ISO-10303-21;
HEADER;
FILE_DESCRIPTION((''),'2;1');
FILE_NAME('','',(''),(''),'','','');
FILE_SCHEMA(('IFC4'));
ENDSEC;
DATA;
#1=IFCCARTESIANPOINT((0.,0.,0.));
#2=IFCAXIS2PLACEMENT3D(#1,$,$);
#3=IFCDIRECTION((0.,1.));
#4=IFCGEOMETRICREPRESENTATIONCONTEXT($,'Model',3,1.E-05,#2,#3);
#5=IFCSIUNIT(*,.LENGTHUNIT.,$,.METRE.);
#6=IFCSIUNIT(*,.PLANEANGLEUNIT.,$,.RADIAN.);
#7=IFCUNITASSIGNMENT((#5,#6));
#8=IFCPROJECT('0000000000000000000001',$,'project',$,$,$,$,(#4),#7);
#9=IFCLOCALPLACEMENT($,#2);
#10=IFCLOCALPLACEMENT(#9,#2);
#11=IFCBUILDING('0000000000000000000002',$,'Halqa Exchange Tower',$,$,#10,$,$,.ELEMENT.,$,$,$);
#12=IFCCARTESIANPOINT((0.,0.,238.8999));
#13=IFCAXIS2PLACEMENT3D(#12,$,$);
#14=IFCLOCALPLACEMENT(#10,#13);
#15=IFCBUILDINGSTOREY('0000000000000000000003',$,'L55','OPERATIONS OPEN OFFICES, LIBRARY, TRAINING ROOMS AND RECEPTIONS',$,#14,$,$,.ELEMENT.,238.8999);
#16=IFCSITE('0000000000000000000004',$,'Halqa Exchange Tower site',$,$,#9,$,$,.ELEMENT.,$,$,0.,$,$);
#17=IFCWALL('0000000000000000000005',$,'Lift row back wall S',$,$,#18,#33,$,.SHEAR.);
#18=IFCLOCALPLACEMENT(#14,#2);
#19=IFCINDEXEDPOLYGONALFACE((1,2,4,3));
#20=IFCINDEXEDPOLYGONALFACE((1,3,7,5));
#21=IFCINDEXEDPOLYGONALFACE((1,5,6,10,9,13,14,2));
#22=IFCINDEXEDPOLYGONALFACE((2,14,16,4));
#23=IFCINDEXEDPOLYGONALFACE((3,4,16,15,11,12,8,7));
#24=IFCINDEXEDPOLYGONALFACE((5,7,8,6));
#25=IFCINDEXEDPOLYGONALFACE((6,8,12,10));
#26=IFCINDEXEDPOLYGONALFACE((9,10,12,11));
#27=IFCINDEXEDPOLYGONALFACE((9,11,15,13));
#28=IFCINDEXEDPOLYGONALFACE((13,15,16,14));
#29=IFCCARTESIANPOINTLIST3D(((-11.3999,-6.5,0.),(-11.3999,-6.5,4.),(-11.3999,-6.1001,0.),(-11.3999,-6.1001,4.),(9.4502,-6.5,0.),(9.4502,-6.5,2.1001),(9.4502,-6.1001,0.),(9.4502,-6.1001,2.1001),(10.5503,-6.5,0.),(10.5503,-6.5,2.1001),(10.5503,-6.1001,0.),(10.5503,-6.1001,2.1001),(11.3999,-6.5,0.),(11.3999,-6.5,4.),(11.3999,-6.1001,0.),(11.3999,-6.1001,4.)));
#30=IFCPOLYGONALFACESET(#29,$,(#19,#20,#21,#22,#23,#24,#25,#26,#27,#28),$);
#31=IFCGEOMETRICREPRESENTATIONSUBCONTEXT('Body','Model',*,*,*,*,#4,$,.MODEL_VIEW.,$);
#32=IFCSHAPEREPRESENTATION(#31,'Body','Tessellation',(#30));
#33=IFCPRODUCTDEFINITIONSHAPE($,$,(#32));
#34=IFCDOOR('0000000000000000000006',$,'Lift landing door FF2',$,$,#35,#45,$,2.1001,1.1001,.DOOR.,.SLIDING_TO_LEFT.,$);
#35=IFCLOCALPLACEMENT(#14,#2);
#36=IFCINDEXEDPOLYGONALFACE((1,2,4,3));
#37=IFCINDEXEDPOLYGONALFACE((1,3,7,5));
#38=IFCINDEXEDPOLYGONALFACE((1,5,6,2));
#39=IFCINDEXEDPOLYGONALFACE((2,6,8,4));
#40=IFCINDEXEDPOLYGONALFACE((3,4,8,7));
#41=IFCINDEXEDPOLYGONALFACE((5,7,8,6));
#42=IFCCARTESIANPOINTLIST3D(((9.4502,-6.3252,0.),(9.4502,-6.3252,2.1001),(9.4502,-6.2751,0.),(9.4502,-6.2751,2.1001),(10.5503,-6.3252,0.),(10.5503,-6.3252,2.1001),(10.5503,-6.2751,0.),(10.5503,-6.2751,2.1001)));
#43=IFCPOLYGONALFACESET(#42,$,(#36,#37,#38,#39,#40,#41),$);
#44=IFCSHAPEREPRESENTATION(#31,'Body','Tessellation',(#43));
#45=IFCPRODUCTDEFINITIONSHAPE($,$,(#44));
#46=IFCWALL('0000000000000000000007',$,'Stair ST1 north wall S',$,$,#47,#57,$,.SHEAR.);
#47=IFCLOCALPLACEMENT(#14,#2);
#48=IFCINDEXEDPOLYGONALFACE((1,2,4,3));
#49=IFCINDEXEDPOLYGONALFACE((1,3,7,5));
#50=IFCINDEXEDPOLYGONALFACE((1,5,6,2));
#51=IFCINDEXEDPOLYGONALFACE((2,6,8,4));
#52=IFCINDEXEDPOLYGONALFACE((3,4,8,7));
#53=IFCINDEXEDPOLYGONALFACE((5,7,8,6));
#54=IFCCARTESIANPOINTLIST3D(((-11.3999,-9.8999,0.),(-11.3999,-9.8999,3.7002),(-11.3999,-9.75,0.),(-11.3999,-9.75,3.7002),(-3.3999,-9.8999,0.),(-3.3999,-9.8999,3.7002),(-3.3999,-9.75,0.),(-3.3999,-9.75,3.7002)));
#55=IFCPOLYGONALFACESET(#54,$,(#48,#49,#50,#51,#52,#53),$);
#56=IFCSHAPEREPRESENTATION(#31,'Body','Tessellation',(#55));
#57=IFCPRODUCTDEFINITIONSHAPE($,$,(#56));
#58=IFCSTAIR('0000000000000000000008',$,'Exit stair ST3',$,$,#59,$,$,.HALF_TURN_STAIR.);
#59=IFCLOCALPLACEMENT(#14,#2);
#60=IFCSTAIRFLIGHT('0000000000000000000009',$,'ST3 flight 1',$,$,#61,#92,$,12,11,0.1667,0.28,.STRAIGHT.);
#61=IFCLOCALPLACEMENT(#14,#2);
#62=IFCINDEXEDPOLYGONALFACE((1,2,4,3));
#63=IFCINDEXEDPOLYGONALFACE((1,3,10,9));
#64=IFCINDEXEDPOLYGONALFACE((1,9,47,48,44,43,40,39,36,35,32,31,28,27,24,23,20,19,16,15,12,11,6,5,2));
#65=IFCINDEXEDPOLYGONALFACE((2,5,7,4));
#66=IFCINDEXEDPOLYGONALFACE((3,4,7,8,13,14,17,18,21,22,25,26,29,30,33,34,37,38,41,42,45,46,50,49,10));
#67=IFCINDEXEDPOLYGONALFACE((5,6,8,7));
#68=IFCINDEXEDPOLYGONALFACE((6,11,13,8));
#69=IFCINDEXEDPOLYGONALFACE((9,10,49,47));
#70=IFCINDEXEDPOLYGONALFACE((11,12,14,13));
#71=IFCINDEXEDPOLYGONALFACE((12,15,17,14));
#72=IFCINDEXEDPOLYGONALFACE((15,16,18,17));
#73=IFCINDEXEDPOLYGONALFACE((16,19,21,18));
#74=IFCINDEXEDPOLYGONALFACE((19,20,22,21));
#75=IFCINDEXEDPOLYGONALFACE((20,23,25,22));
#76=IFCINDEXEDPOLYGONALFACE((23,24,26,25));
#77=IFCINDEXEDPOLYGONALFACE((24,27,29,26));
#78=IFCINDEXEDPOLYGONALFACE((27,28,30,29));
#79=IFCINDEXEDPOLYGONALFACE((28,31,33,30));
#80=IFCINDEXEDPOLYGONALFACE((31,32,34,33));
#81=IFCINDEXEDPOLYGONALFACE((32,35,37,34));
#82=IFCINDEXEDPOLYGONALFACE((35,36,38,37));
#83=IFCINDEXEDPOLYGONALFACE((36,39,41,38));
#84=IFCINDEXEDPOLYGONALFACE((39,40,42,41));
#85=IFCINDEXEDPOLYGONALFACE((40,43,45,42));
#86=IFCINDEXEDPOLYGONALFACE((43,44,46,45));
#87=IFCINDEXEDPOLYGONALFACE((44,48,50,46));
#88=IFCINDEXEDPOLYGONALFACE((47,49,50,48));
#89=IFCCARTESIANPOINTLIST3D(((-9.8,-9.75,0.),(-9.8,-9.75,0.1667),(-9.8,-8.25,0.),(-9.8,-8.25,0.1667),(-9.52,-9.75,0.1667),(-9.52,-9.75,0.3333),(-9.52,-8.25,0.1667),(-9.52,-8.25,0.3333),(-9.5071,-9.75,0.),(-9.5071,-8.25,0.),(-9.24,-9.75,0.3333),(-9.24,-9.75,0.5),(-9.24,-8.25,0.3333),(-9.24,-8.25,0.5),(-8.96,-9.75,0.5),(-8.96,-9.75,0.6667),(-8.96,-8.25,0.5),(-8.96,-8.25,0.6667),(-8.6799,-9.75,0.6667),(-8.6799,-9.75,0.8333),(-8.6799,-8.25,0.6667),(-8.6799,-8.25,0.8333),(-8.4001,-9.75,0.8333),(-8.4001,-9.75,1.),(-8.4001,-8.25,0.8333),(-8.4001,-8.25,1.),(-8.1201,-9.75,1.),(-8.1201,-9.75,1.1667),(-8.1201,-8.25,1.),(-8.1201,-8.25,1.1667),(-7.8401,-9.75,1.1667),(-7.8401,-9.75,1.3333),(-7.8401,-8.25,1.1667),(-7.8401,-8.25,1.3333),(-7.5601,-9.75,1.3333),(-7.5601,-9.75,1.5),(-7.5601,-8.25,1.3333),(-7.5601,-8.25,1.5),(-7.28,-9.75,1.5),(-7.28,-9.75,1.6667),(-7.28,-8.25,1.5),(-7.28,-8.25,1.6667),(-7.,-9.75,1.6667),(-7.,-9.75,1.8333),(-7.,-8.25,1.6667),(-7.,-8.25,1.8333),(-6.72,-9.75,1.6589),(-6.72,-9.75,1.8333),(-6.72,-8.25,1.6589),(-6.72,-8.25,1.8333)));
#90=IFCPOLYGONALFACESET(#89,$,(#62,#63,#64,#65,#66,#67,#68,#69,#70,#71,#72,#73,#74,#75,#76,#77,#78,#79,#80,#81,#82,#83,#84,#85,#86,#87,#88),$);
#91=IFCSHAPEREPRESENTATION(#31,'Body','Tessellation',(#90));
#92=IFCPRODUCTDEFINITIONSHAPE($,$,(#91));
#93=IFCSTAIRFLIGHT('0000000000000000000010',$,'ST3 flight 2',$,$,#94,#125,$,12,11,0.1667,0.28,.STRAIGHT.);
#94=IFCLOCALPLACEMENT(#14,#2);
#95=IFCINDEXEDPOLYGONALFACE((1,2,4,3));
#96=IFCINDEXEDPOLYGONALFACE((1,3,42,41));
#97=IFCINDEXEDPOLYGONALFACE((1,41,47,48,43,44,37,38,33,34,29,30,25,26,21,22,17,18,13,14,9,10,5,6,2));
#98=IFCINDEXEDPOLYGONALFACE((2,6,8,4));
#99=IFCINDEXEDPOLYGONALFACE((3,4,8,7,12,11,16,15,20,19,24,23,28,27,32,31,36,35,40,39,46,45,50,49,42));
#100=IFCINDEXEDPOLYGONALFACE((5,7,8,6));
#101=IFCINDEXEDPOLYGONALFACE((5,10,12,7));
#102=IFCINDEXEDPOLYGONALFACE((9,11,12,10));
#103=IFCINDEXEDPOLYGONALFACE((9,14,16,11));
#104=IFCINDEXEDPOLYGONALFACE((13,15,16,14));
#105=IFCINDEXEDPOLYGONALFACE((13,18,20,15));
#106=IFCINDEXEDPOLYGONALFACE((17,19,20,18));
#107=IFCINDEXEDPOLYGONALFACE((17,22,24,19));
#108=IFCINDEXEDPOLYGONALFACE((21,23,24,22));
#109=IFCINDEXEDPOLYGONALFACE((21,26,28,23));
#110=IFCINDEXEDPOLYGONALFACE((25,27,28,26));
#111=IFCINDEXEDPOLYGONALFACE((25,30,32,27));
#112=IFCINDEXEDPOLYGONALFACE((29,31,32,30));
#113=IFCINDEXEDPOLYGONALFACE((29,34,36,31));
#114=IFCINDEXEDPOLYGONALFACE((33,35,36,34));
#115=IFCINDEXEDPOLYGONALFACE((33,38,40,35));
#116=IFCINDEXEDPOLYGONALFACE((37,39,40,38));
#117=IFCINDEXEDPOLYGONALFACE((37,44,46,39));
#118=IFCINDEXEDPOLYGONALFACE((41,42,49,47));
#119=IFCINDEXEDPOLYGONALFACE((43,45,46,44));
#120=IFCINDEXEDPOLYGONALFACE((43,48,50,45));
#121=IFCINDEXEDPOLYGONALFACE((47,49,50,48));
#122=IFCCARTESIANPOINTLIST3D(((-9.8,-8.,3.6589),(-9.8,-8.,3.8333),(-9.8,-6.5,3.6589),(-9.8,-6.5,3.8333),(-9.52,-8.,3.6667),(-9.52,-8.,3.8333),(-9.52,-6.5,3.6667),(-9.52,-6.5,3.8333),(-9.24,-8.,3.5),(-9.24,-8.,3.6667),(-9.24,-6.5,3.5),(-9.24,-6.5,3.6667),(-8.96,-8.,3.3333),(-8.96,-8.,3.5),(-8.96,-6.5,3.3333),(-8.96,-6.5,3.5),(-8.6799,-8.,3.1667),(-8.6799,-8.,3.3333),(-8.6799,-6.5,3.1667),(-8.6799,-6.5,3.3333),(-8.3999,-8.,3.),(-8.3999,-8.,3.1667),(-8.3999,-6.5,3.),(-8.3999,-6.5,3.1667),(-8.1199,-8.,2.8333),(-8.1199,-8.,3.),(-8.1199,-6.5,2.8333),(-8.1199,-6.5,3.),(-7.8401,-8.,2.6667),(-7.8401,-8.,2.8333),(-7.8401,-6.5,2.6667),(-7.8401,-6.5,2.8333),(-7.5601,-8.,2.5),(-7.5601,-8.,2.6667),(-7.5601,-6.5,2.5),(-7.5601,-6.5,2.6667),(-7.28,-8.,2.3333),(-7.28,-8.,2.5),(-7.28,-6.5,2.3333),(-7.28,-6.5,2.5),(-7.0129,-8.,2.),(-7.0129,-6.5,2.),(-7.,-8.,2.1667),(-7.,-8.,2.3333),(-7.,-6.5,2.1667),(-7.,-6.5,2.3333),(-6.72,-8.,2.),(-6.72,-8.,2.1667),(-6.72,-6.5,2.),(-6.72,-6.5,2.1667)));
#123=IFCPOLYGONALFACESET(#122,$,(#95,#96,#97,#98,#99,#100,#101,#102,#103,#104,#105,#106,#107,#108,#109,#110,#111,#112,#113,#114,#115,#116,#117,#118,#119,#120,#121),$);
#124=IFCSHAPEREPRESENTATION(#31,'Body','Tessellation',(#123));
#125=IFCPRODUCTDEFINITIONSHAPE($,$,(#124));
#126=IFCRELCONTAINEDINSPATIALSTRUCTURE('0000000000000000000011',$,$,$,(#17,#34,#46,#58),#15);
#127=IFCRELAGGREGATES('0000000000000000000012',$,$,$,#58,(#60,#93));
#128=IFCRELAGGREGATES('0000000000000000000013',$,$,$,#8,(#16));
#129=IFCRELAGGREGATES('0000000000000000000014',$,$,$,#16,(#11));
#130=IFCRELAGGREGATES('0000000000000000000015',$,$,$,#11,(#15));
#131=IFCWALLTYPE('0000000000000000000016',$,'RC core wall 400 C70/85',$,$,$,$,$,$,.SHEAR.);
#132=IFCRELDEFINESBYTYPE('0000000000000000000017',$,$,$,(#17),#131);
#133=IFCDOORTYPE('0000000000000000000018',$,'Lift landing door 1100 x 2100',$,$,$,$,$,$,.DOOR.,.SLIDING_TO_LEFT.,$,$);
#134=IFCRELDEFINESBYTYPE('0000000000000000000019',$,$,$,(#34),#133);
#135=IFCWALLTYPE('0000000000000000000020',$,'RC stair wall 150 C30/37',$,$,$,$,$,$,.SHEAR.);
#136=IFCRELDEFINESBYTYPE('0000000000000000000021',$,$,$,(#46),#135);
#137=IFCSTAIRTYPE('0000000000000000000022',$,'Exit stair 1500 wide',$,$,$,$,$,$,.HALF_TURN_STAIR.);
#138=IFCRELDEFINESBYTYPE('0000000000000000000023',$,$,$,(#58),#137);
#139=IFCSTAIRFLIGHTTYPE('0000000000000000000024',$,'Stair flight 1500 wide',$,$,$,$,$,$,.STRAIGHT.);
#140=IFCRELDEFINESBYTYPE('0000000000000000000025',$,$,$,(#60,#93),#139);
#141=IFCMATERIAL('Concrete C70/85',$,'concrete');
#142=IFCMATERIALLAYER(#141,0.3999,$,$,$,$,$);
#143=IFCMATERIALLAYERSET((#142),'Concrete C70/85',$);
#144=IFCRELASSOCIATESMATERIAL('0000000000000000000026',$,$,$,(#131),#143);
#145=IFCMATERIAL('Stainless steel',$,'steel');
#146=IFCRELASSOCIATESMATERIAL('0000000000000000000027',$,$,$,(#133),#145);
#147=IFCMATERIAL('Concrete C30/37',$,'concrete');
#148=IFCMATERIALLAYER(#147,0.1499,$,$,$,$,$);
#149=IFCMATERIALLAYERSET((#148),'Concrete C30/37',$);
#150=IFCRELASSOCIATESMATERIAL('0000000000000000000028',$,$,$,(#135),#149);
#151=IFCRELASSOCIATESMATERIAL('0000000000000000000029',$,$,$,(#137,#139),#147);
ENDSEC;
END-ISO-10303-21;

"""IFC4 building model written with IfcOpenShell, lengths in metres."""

from ifc_helpers import new_model, si_unit, direction, frame, frame_2d, origin, place, context, subcontext, project, spatial, polyline, rectangle, outline, extrude, material, layer, layer_set, type_object, element, fill, aggregate, save


model = new_model("IFC4")

# Units and contexts
model_context = context("Model", 3, precision=1e-05, world=origin(), true_north=direction((0.0, 1.0)))
body_context = subcontext(model_context, "Body", "Model", "MODEL_VIEW")
ifc_project = project(units=[si_unit("LENGTHUNIT", "METRE"), si_unit("PLANEANGLEUNIT", "RADIAN")], contexts=[model_context])

# Site, building, storey
site_placement = place(None, origin())
site = spatial("IfcSite", under=ifc_project, at=site_placement, Name="Halqa Exchange Tower site", CompositionType="ELEMENT", RefElevation=0.0)
building_placement = place(site_placement, origin())
building = spatial("IfcBuilding", under=site, at=building_placement, Name="Halqa Exchange Tower", CompositionType="ELEMENT")
storey_placement = place(building_placement, frame((0.0, 0.0, 238.8999)))
storey = spatial("IfcBuildingStorey", under=building, at=storey_placement, Name="L55", Description="OPERATIONS OPEN OFFICES, LIBRARY, TRAINING ROOMS AND RECEPTIONS", CompositionType="ELEMENT", Elevation=238.8999)

# Shared definitions
ifc_material_1 = material(Name="Concrete C70/85", Category="concrete")
ifc_layer_1 = layer(ifc_material_1, 0.3999)
ifc_layer_set_1 = layer_set([ifc_layer_1], Name="Concrete C70/85")
wall_type_1 = type_object("IfcWallType", Name="RC core wall 400 C70/85", PredefinedType="SHEAR", material=ifc_layer_set_1)
ifc_material_2 = material(Name="Stainless steel", Category="steel")
door_type_1 = type_object("IfcDoorType", Name="Lift landing door 1100 x 2100", OperationType="SLIDING_TO_LEFT", PredefinedType="DOOR", material=ifc_material_2)

# Wall, opening, door
wall_1_placement = place(storey_placement, frame((-11.3999, -6.3, 0.0), z_axis=(0.0, 0.0, 1.0), x_axis=(1.0, 0.0, 0.0)))
wall_1 = element("IfcWall", 1, at=wall_1_placement, inside=storey, type_object=wall_type_1, Name="Lift row back wall S", PredefinedType="SHEAR", context=body_context, shape_type="SweptSolid", body=[
    extrude(rectangle(XDim=22.7998, YDim=0.3999, at=frame_2d((11.3999, 0.0))), origin(), (0.0, 0.0, 1.0), 4.0),
])
opening_1_placement = place(wall_1_placement, frame((20.8501, 0.0, 0.0)))
opening_1 = element("IfcOpeningElement", 2, at=opening_1_placement, cuts=wall_1, PredefinedType="OPENING", context=body_context, shape_type="SweptSolid", body=[
    extrude(rectangle(XDim=1.1001, YDim=2.1001, at=frame_2d((0.55, 1.05))), frame((0.0, 0.2119, 0.0), z_axis=(0.0, -1.0, 0.0), x_axis=(1.0, 0.0, 0.0)), (0.0, 0.0, 1.0), 0.4238),
])
door_1_placement = place(opening_1_placement, origin())
door_1 = element("IfcDoor", 3, at=door_1_placement, inside=storey, type_object=door_type_1, Name="Lift landing door FF2", OperationType="SLIDING_TO_LEFT", OverallHeight=2.1001, OverallWidth=1.1001, PredefinedType="DOOR", context=body_context, shape_type="SweptSolid", body=[
    extrude(rectangle(XDim=1.1001, YDim=2.1001, at=frame_2d((0.55, 1.05))), frame((0.0, 0.0249, 0.0), z_axis=(0.0, -1.0, 0.0), x_axis=(1.0, 0.0, 0.0)), (0.0, 0.0, 1.0), 0.05),
])
fill(opening_1, door_1)

# Wall
ifc_material_3 = material(Name="Concrete C30/37", Category="concrete")
ifc_layer_2 = layer(ifc_material_3, 0.1499)
ifc_layer_set_2 = layer_set([ifc_layer_2], Name="Concrete C30/37")
wall_type_2 = type_object("IfcWallType", Name="RC stair wall 150 C30/37", PredefinedType="SHEAR", material=ifc_layer_set_2)
wall_2_placement = place(storey_placement, frame((-11.3999, -9.825, 0.0), z_axis=(0.0, 0.0, 1.0), x_axis=(1.0, 0.0, 0.0)))
element("IfcWall", 4, at=wall_2_placement, inside=storey, type_object=wall_type_2, Name="Stair ST1 north wall S", PredefinedType="SHEAR", context=body_context, shape_type="SweptSolid", body=[
    extrude(rectangle(XDim=8.0, YDim=0.1499, at=frame_2d((4.0, 0.0))), origin(), (0.0, 0.0, 1.0), 3.7002),
])

# Stair, stair flights
stair_type = type_object("IfcStairType", Name="Exit stair 1500 wide", PredefinedType="HALF_TURN_STAIR", material=ifc_material_3)
stair_placement = place(storey_placement, origin())
stair = element("IfcStair", 5, at=stair_placement, inside=storey, type_object=stair_type, Name="Exit stair ST3", PredefinedType="HALF_TURN_STAIR")
stair_flight_type = type_object("IfcStairFlightType", Name="Stair flight 1500 wide", PredefinedType="STRAIGHT", material=ifc_material_3)
stair_flight_1_placement = place(storey_placement, frame((-9.8, -9.0, 0.0), z_axis=(0.0, 0.0, 1.0), x_axis=(1.0, 0.0, 0.0)))
stair_flight_1 = element("IfcStairFlight", 6, at=stair_flight_1_placement, type_object=stair_flight_type, Name="ST3 flight 1", NumberOfRisers=12, NumberOfTreads=11, PredefinedType="STRAIGHT", RiserHeight=0.1667, TreadLength=0.28, context=body_context, shape_type="SweptSolid", body=[
    extrude(outline(polyline([(0.0, 0.0), (0.0, 0.1667), (0.28, 0.1667), (0.28, 0.3333), (0.5601, 0.3333), (0.5601, 0.5), (0.8401, 0.5), (0.8401, 0.6667), (1.1201, 0.6667), (1.1201, 0.8333), (1.3999, 0.8333), (1.3999, 1.0), (1.6799, 1.0), (1.6799, 1.1667), (1.96, 1.1667), (1.96, 1.3333), (2.24, 1.3333), (2.24, 1.5), (2.52, 1.5), (2.52, 1.6667), (2.8, 1.6667), (2.8, 1.8333), (3.0801, 1.8333), (3.0801, 2.0), (3.0801, 1.6589), (0.293, 0.0), (0.0, 0.0)])), frame((0.0, 0.75, 0.0), z_axis=(0.0, -1.0, 0.0), x_axis=(1.0, 0.0, 0.0)), (0.0, 0.0, 1.0), 1.5),
])
stair_flight_2_placement = place(storey_placement, frame((-6.72, -7.25, 2.0), z_axis=(0.0, 0.0, 1.0), x_axis=(-1.0, 0.0, 0.0)))
stair_flight_2 = element("IfcStairFlight", 7, at=stair_flight_2_placement, type_object=stair_flight_type, Name="ST3 flight 2", NumberOfRisers=12, NumberOfTreads=11, PredefinedType="STRAIGHT", RiserHeight=0.1667, TreadLength=0.28, context=body_context, shape_type="SweptSolid", body=[
    extrude(outline(polyline([(0.0, 0.0), (0.0, 0.1667), (0.28, 0.1667), (0.28, 0.3333), (0.5601, 0.3333), (0.5601, 0.5), (0.8401, 0.5), (0.8401, 0.6667), (1.1201, 0.6667), (1.1201, 0.8333), (1.3999, 0.8333), (1.3999, 1.0), (1.6799, 1.0), (1.6799, 1.1667), (1.96, 1.1667), (1.96, 1.3333), (2.24, 1.3333), (2.24, 1.5), (2.52, 1.5), (2.52, 1.6667), (2.8, 1.6667), (2.8, 1.8333), (3.0801, 1.8333), (3.0801, 2.0), (3.0801, 1.6589), (0.293, 0.0), (0.0, 0.0)])), frame((0.0, 0.75, 0.0), z_axis=(0.0, -1.0, 0.0), x_axis=(1.0, 0.0, 0.0)), (0.0, 0.0, 1.0), 1.5),
])
aggregate(stair, [stair_flight_1, stair_flight_2])

save(model, "model.ifc")
